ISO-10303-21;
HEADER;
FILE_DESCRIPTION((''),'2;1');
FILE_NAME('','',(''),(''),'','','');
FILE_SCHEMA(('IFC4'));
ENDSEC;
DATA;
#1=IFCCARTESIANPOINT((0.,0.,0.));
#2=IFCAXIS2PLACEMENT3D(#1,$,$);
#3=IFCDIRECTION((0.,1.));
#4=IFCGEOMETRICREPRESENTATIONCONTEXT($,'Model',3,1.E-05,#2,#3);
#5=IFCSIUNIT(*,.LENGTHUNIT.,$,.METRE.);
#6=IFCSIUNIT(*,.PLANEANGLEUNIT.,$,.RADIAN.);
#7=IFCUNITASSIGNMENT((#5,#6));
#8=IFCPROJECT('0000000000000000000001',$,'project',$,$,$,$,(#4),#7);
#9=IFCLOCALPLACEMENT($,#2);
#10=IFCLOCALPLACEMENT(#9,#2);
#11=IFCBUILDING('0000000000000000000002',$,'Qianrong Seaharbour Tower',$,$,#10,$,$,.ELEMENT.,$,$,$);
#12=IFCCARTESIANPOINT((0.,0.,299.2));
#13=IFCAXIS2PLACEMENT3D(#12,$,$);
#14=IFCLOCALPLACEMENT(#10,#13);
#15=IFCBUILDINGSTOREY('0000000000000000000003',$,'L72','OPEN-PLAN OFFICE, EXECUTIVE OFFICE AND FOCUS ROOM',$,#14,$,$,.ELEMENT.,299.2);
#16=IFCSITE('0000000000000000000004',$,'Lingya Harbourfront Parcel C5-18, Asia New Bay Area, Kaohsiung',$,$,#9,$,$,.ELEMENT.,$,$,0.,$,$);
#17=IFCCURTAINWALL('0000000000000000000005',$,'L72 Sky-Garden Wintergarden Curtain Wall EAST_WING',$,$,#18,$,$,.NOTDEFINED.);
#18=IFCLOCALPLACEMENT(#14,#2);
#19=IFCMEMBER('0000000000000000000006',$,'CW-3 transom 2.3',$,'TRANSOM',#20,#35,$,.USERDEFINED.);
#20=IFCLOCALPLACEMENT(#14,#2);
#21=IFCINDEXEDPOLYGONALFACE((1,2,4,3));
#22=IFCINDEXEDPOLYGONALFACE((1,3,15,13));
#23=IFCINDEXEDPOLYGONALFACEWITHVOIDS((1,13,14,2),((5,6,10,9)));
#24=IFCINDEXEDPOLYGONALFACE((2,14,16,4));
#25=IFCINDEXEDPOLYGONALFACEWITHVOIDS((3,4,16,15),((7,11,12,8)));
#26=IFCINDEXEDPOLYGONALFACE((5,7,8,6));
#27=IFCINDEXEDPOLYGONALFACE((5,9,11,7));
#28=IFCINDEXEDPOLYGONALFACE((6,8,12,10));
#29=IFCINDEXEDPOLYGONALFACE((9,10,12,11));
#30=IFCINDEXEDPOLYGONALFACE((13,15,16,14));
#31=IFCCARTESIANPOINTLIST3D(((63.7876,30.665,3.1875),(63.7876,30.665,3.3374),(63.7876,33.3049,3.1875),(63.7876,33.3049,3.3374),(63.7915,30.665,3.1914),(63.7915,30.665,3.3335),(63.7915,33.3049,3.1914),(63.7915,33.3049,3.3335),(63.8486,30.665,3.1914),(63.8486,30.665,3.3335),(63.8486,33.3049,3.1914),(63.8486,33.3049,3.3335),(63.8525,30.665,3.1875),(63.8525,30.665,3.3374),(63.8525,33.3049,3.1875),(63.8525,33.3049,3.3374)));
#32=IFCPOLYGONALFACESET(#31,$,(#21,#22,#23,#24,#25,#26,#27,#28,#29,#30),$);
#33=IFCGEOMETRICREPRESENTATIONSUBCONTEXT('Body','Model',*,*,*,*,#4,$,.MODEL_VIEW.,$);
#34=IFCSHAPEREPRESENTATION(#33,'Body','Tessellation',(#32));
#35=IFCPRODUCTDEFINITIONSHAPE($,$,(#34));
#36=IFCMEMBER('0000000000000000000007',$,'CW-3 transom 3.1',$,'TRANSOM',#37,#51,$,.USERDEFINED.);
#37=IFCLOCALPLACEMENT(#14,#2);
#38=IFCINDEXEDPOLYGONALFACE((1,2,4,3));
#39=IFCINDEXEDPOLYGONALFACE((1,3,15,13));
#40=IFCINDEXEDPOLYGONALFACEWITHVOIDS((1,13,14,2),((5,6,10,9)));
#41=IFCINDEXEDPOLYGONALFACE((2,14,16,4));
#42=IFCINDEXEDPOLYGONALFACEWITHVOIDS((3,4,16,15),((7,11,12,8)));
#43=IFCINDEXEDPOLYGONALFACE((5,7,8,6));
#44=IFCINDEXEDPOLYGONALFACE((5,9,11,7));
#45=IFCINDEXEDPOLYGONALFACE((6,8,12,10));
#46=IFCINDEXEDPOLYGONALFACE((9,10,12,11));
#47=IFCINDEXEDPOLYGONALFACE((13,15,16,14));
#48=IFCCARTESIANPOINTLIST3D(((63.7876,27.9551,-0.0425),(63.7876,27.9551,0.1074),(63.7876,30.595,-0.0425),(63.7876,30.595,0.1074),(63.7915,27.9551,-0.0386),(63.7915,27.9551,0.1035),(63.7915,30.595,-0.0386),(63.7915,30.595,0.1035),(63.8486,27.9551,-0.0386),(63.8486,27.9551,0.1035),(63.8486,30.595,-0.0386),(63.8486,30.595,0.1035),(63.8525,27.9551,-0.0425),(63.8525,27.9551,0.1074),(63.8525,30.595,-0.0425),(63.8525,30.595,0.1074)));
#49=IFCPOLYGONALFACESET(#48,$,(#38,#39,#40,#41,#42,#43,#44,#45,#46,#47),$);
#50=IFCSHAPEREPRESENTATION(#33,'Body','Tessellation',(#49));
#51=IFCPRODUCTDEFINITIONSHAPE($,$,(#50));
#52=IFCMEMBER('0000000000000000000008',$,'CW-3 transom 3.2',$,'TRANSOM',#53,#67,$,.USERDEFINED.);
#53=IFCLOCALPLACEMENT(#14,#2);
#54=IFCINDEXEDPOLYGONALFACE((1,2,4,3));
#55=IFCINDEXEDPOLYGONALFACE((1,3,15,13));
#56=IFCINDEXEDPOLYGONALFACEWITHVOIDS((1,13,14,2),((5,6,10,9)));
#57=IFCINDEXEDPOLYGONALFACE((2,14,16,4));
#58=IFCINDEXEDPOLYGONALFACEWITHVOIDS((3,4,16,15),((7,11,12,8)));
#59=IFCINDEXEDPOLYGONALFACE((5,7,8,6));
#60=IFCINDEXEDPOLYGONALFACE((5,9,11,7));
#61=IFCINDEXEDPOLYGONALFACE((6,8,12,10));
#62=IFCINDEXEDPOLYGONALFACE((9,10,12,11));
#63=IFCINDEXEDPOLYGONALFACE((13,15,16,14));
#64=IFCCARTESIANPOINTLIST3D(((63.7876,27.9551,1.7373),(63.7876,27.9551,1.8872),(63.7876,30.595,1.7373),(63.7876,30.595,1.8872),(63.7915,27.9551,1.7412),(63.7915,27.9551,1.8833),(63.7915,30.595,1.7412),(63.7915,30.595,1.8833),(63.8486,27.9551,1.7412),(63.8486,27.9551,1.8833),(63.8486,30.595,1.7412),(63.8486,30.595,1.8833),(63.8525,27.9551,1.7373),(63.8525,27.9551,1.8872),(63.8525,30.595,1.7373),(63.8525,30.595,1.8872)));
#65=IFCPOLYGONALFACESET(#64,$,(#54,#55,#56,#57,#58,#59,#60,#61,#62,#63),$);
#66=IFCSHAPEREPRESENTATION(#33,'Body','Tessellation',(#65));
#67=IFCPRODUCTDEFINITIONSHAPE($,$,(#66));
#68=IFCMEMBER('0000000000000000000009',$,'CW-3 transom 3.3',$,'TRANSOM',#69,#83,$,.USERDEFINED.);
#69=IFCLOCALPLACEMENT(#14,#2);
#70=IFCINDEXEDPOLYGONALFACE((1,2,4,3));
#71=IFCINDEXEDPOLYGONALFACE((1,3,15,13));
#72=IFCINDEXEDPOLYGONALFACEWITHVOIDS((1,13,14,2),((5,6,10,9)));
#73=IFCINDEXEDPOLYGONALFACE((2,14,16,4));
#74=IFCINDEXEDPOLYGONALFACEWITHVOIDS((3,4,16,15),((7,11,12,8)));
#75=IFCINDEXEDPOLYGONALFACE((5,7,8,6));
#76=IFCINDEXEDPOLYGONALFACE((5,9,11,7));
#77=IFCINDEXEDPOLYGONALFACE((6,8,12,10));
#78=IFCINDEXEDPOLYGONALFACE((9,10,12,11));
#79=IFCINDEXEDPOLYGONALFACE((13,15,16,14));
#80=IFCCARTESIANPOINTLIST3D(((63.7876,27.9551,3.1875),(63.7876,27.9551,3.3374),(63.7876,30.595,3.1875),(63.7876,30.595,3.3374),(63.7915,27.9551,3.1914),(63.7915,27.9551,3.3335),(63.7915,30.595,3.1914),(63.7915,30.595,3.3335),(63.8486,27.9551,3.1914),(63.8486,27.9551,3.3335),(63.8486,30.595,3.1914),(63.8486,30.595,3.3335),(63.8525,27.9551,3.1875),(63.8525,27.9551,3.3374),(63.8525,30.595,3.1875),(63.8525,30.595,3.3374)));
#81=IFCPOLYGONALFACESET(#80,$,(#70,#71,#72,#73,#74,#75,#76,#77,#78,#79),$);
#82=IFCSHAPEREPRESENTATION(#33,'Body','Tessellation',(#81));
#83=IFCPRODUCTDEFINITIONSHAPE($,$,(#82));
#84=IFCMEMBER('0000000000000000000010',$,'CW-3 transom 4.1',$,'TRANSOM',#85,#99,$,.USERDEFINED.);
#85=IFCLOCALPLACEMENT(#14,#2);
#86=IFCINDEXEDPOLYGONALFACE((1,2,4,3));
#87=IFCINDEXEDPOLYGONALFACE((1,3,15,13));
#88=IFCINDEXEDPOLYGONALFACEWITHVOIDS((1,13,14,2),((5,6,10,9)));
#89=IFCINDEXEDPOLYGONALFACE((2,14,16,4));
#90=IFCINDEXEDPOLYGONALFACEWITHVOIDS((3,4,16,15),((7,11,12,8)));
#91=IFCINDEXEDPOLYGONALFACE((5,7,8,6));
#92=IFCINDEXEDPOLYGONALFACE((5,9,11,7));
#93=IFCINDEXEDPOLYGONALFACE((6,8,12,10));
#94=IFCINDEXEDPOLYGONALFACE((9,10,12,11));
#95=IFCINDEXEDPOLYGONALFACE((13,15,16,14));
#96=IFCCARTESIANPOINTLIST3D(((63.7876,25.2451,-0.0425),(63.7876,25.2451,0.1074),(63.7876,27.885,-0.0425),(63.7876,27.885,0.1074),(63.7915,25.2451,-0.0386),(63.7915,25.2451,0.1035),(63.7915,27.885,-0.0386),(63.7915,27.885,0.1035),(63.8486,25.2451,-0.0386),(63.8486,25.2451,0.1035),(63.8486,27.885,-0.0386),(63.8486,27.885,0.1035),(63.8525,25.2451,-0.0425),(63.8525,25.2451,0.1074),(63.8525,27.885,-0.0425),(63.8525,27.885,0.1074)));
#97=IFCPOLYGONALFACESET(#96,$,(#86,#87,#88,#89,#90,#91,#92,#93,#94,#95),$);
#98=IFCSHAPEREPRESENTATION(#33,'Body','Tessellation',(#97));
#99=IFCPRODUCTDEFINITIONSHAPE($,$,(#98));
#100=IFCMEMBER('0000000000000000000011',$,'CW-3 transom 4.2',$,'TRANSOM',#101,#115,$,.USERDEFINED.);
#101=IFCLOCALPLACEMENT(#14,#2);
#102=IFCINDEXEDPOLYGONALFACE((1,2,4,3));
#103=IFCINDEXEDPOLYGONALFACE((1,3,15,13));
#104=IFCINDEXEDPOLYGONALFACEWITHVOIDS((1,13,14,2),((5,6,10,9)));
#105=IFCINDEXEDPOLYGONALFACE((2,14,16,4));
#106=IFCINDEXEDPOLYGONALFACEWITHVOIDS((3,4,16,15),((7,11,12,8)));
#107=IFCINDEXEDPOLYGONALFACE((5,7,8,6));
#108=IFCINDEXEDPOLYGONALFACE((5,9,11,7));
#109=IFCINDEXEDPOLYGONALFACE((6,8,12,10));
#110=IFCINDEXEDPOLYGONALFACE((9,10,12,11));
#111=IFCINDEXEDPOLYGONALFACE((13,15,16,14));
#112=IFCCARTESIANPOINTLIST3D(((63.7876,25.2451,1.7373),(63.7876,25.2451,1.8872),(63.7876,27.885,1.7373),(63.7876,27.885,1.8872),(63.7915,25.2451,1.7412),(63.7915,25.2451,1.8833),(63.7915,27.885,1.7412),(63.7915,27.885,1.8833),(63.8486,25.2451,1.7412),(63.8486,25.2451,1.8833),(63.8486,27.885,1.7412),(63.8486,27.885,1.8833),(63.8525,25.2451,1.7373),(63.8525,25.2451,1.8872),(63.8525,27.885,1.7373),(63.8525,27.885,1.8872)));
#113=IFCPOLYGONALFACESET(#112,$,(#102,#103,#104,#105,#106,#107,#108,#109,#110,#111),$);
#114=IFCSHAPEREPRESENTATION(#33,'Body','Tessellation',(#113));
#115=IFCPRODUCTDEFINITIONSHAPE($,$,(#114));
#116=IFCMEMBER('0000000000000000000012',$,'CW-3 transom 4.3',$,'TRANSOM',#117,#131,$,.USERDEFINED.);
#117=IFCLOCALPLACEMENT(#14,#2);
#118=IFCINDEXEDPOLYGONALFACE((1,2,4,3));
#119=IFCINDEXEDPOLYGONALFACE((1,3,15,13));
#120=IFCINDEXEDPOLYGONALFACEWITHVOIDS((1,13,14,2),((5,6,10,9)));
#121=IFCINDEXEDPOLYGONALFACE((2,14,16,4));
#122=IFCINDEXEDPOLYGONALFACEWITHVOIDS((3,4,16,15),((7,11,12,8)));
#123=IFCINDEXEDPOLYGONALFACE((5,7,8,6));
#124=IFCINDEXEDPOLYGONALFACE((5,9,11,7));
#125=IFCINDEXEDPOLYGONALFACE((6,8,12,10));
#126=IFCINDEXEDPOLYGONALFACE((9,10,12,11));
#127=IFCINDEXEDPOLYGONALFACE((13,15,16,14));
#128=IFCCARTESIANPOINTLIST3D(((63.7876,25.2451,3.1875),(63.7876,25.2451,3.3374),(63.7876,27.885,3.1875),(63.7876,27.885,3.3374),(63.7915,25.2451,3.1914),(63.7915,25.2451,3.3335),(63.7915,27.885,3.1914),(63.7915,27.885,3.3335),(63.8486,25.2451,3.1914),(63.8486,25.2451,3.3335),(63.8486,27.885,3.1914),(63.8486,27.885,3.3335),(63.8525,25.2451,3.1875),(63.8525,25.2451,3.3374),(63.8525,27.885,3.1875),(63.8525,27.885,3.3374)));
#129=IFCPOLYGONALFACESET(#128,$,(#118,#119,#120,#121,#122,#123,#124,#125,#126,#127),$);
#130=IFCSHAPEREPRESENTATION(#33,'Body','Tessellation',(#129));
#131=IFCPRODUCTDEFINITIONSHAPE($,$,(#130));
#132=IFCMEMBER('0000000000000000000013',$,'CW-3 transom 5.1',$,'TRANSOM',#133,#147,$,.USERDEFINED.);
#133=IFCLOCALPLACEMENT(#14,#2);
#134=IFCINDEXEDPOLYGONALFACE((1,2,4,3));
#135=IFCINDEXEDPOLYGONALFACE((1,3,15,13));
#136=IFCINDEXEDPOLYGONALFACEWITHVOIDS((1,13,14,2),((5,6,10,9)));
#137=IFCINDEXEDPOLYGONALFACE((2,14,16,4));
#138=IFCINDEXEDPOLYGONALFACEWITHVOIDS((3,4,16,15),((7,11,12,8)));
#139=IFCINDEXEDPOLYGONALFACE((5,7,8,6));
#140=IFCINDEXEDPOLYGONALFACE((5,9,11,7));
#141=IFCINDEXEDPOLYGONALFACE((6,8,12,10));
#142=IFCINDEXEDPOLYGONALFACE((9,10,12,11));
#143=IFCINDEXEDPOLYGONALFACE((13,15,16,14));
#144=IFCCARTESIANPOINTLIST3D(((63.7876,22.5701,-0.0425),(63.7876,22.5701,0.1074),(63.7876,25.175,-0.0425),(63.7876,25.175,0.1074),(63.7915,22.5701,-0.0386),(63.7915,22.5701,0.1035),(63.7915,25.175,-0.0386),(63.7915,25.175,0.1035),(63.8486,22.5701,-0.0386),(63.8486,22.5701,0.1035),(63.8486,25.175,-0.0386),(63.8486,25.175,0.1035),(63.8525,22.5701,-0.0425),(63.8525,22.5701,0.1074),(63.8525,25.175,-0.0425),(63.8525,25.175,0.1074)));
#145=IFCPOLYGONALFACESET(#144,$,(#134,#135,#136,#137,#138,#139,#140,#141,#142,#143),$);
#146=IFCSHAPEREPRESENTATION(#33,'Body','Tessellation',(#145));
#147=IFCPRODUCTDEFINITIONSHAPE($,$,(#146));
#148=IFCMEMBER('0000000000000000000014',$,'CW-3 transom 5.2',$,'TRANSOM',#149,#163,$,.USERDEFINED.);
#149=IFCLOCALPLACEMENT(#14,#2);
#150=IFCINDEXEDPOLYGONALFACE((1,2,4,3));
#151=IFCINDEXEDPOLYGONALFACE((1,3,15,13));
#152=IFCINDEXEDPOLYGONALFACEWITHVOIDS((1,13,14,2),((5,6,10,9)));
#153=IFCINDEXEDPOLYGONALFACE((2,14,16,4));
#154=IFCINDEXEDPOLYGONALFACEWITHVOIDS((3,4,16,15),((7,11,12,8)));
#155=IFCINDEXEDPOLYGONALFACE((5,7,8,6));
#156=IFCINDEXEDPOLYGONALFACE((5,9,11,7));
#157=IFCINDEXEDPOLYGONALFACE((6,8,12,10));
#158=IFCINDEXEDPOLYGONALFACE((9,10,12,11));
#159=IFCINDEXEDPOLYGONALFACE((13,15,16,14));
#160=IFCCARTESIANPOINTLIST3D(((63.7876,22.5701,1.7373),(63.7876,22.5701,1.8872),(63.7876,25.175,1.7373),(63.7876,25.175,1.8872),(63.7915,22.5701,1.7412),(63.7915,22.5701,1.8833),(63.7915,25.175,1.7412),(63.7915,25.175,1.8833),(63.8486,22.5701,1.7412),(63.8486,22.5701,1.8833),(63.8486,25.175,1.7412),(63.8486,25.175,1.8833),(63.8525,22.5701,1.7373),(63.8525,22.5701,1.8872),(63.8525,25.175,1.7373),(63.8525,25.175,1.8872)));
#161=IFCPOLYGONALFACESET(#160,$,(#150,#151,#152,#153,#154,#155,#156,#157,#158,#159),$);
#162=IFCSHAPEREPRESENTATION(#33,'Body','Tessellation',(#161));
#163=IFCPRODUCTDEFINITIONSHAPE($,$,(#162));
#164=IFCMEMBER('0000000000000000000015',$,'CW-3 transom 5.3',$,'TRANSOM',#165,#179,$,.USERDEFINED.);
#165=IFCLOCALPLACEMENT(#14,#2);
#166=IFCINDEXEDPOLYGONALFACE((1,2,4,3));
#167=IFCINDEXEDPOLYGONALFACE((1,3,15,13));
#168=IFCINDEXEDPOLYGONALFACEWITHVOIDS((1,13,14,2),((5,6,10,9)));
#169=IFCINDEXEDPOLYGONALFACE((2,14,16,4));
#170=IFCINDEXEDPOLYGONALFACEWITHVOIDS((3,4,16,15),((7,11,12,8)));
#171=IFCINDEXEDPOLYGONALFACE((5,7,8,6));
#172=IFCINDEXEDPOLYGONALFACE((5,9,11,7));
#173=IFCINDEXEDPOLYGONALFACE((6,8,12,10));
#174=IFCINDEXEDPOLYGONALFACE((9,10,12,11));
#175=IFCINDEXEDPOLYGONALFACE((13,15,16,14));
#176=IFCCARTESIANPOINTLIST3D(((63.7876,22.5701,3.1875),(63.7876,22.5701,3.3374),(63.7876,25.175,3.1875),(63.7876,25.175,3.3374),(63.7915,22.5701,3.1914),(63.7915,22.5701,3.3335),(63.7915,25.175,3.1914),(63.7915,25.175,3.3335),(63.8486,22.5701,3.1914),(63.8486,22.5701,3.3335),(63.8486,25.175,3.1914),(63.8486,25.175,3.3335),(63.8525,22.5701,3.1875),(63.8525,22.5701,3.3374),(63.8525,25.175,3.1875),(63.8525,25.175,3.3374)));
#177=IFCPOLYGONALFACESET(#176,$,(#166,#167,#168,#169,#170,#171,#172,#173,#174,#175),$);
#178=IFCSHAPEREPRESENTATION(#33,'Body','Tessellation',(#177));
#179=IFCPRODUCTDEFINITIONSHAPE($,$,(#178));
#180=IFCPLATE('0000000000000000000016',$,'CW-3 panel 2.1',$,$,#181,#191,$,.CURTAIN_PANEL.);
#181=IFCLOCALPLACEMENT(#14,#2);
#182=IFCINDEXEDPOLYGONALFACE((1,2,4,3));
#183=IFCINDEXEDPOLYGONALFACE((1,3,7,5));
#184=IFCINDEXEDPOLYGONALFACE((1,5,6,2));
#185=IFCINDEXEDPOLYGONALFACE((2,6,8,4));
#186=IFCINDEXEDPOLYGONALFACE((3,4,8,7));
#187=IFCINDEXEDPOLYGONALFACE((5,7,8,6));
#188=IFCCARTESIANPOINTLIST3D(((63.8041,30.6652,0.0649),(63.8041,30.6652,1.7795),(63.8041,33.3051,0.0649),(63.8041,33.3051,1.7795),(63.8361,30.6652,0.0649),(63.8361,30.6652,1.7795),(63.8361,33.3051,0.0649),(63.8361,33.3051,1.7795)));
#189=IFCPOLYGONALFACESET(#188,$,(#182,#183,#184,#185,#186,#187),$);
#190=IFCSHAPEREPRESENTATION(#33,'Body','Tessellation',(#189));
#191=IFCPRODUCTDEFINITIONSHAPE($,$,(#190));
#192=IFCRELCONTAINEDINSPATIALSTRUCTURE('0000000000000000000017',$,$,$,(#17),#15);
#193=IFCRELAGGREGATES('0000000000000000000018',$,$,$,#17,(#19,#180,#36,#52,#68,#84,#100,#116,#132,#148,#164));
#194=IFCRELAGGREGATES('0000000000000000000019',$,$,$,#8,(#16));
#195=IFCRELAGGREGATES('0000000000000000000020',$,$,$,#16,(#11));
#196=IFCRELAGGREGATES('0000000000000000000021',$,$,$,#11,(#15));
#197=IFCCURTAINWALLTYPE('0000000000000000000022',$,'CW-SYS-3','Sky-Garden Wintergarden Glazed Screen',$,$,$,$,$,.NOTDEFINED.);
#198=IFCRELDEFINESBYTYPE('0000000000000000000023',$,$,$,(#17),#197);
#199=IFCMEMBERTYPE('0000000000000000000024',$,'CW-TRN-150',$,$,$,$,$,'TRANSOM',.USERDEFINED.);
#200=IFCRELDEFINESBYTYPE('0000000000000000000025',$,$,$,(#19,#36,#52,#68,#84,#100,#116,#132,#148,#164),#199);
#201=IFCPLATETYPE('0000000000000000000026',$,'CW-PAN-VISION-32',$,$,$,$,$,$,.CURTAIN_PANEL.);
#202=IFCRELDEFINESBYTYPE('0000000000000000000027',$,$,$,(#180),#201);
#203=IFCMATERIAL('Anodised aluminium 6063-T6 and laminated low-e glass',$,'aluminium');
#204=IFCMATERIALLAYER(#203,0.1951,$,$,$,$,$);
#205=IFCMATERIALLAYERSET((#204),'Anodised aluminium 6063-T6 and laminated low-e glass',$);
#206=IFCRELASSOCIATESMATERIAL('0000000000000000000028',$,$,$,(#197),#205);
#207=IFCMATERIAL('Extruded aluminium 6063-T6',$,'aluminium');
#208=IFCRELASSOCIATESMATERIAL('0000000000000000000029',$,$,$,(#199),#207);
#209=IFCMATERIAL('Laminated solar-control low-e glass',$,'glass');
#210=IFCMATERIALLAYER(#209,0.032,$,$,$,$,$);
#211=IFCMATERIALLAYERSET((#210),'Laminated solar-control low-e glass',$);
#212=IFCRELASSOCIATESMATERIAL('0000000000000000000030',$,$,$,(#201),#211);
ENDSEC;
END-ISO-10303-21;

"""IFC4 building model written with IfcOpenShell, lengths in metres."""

from ifc_helpers import new_model, si_unit, direction, frame, origin, origin_2d, place, context, subcontext, project, spatial, rectangle, hollow_rectangle, extrude, material, layer, layer_set, material_profile, profile_set, type_object, element, aggregate, save


model = new_model("IFC4")

# Units and contexts
model_context = context("Model", 3, precision=1e-05, world=origin(), true_north=direction((0.0, 1.0)))
body_context = subcontext(model_context, "Body", "Model", "MODEL_VIEW")
ifc_project = project(units=[si_unit("LENGTHUNIT", "METRE"), si_unit("PLANEANGLEUNIT", "RADIAN")], contexts=[model_context])

# Site, building, storey
site_placement = place(None, origin())
site = spatial("IfcSite", under=ifc_project, at=site_placement, Name="Lingya Harbourfront Parcel C5-18, Asia New Bay Area, Kaohsiung", CompositionType="ELEMENT", RefElevation=0.0)
building_placement = place(site_placement, origin())
building = spatial("IfcBuilding", under=site, at=building_placement, Name="Qianrong Seaharbour Tower", CompositionType="ELEMENT")
storey_placement = place(building_placement, frame((0.0, 0.0, 299.2)))
storey = spatial("IfcBuildingStorey", under=building, at=storey_placement, Name="L72", Description="OPEN-PLAN OFFICE, EXECUTIVE OFFICE AND FOCUS ROOM", CompositionType="ELEMENT", Elevation=299.2)

# Curtain wall, members, plate
ifc_material_1 = material(Name="Anodised aluminium 6063-T6 and laminated low-e glass", Category="aluminium")
ifc_layer_1 = layer(ifc_material_1, 0.1951)
ifc_layer_set_1 = layer_set([ifc_layer_1], Name="Anodised aluminium 6063-T6 and laminated low-e glass")
curtain_wall_type = type_object("IfcCurtainWallType", Name="CW-SYS-3", Description="Sky-Garden Wintergarden Glazed Screen", PredefinedType="NOTDEFINED", material=ifc_layer_set_1)
curtain_wall_placement = place(storey_placement, origin())
curtain_wall = element("IfcCurtainWall", 1, at=curtain_wall_placement, inside=storey, type_object=curtain_wall_type, Name="L72 Sky-Garden Wintergarden Curtain Wall EAST_WING", PredefinedType="NOTDEFINED")
ifc_material_2 = material(Name="Extruded aluminium 6063-T6", Category="aluminium")
ifc_material_profile_1 = material_profile(ifc_material_2, hollow_rectangle(XDim=0.0649, YDim=0.1499, WallThickness=0.0039, at=origin_2d()), Name="ALU-TRN-150x65x4")
ifc_profile_set_1 = profile_set([ifc_material_profile_1], Name="Extruded aluminium 6063-T6")
member_type_1 = type_object("IfcMemberType", Name="CW-TRN-150", ElementType="TRANSOM", PredefinedType="USERDEFINED", material=ifc_profile_set_1)
member_1_placement = place(storey_placement, frame((63.8201, 33.3049, 3.2625), z_axis=(0.0, -1.0, 0.0), x_axis=(1.0, 0.0, 0.0)))
member_1 = element("IfcMember", 2, at=member_1_placement, type_object=member_type_1, Name="CW-3 transom 2.3", ObjectType="TRANSOM", PredefinedType="USERDEFINED", context=body_context, shape_type="SweptSolid", body=[
    extrude(hollow_rectangle(XDim=0.0649, YDim=0.1499, WallThickness=0.0039, at=origin_2d()), origin(), (0.0, 0.0, 1.0), 2.6399),
])
member_2_placement = place(storey_placement, frame((63.8201, 30.595, 0.0325), z_axis=(0.0, -1.0, 0.0), x_axis=(1.0, 0.0, 0.0)))
member_2 = element("IfcMember", 3, at=member_2_placement, type_object=member_type_1, Name="CW-3 transom 3.1", ObjectType="TRANSOM", PredefinedType="USERDEFINED", context=body_context, shape_type="SweptSolid", body=[
    extrude(hollow_rectangle(XDim=0.0649, YDim=0.1499, WallThickness=0.0039, at=origin_2d()), origin(), (0.0, 0.0, 1.0), 2.6399),
])
member_3_placement = place(storey_placement, frame((63.8201, 30.595, 1.8123), z_axis=(0.0, -1.0, 0.0), x_axis=(1.0, 0.0, 0.0)))
member_3 = element("IfcMember", 4, at=member_3_placement, type_object=member_type_1, Name="CW-3 transom 3.2", ObjectType="TRANSOM", PredefinedType="USERDEFINED", context=body_context, shape_type="SweptSolid", body=[
    extrude(hollow_rectangle(XDim=0.0649, YDim=0.1499, WallThickness=0.0039, at=origin_2d()), origin(), (0.0, 0.0, 1.0), 2.6399),
])
member_4_placement = place(storey_placement, frame((63.8201, 30.595, 3.2625), z_axis=(0.0, -1.0, 0.0), x_axis=(1.0, 0.0, 0.0)))
member_4 = element("IfcMember", 5, at=member_4_placement, type_object=member_type_1, Name="CW-3 transom 3.3", ObjectType="TRANSOM", PredefinedType="USERDEFINED", context=body_context, shape_type="SweptSolid", body=[
    extrude(hollow_rectangle(XDim=0.0649, YDim=0.1499, WallThickness=0.0039, at=origin_2d()), origin(), (0.0, 0.0, 1.0), 2.6399),
])
member_5_placement = place(storey_placement, frame((63.8201, 27.885, 0.0325), z_axis=(0.0, -1.0, 0.0), x_axis=(1.0, 0.0, 0.0)))
member_5 = element("IfcMember", 6, at=member_5_placement, type_object=member_type_1, Name="CW-3 transom 4.1", ObjectType="TRANSOM", PredefinedType="USERDEFINED", context=body_context, shape_type="SweptSolid", body=[
    extrude(hollow_rectangle(XDim=0.0649, YDim=0.1499, WallThickness=0.0039, at=origin_2d()), origin(), (0.0, 0.0, 1.0), 2.6399),
])
member_6_placement = place(storey_placement, frame((63.8201, 27.885, 1.8123), z_axis=(0.0, -1.0, 0.0), x_axis=(1.0, 0.0, 0.0)))
member_6 = element("IfcMember", 7, at=member_6_placement, type_object=member_type_1, Name="CW-3 transom 4.2", ObjectType="TRANSOM", PredefinedType="USERDEFINED", context=body_context, shape_type="SweptSolid", body=[
    extrude(hollow_rectangle(XDim=0.0649, YDim=0.1499, WallThickness=0.0039, at=origin_2d()), origin(), (0.0, 0.0, 1.0), 2.6399),
])
member_7_placement = place(storey_placement, frame((63.8201, 27.885, 3.2625), z_axis=(0.0, -1.0, 0.0), x_axis=(1.0, 0.0, 0.0)))
member_7 = element("IfcMember", 8, at=member_7_placement, type_object=member_type_1, Name="CW-3 transom 4.3", ObjectType="TRANSOM", PredefinedType="USERDEFINED", context=body_context, shape_type="SweptSolid", body=[
    extrude(hollow_rectangle(XDim=0.0649, YDim=0.1499, WallThickness=0.0039, at=origin_2d()), origin(), (0.0, 0.0, 1.0), 2.6399),
])
member_8_placement = place(storey_placement, frame((63.8201, 25.175, 0.0325), z_axis=(0.0, -1.0, 0.0), x_axis=(1.0, 0.0, 0.0)))
member_8 = element("IfcMember", 9, at=member_8_placement, type_object=member_type_1, Name="CW-3 transom 5.1", ObjectType="TRANSOM", PredefinedType="USERDEFINED", context=body_context, shape_type="SweptSolid", body=[
    extrude(hollow_rectangle(XDim=0.0649, YDim=0.1499, WallThickness=0.0039, at=origin_2d()), origin(), (0.0, 0.0, 1.0), 2.605),
])
member_9_placement = place(storey_placement, frame((63.8201, 25.175, 1.8123), z_axis=(0.0, -1.0, 0.0), x_axis=(1.0, 0.0, 0.0)))
member_9 = element("IfcMember", 10, at=member_9_placement, type_object=member_type_1, Name="CW-3 transom 5.2", ObjectType="TRANSOM", PredefinedType="USERDEFINED", context=body_context, shape_type="SweptSolid", body=[
    extrude(hollow_rectangle(XDim=0.0649, YDim=0.1499, WallThickness=0.0039, at=origin_2d()), origin(), (0.0, 0.0, 1.0), 2.605),
])
member_10_placement = place(storey_placement, frame((63.8201, 25.175, 3.2625), z_axis=(0.0, -1.0, 0.0), x_axis=(1.0, 0.0, 0.0)))
member_10 = element("IfcMember", 11, at=member_10_placement, type_object=member_type_1, Name="CW-3 transom 5.3", ObjectType="TRANSOM", PredefinedType="USERDEFINED", context=body_context, shape_type="SweptSolid", body=[
    extrude(hollow_rectangle(XDim=0.0649, YDim=0.1499, WallThickness=0.0039, at=origin_2d()), origin(), (0.0, 0.0, 1.0), 2.605),
])
ifc_material_3 = material(Name="Laminated solar-control low-e glass", Category="glass")
ifc_layer_2 = layer(ifc_material_3, 0.032)
ifc_layer_set_2 = layer_set([ifc_layer_2], Name="Laminated solar-control low-e glass")
plate_type = type_object("IfcPlateType", Name="CW-PAN-VISION-32", PredefinedType="CURTAIN_PANEL", material=ifc_layer_set_2)
plate_1_placement = place(storey_placement, frame((63.8201, 31.9851, 0.0649), z_axis=(0.0, 0.0, 1.0), x_axis=(0.0, -1.0, 0.0)))
plate_1 = element("IfcPlate", 12, at=plate_1_placement, type_object=plate_type, Name="CW-3 panel 2.1", PredefinedType="CURTAIN_PANEL", context=body_context, shape_type="SweptSolid", body=[
    extrude(rectangle(XDim=2.6399, YDim=0.032, at=origin_2d()), origin(), (0.0, 0.0, 1.0), 1.7146),
])
aggregate(curtain_wall, [member_1, plate_1, member_2, member_3, member_4, member_5, member_6, member_7, member_8, member_9, member_10])

save(model, "model.ifc")
